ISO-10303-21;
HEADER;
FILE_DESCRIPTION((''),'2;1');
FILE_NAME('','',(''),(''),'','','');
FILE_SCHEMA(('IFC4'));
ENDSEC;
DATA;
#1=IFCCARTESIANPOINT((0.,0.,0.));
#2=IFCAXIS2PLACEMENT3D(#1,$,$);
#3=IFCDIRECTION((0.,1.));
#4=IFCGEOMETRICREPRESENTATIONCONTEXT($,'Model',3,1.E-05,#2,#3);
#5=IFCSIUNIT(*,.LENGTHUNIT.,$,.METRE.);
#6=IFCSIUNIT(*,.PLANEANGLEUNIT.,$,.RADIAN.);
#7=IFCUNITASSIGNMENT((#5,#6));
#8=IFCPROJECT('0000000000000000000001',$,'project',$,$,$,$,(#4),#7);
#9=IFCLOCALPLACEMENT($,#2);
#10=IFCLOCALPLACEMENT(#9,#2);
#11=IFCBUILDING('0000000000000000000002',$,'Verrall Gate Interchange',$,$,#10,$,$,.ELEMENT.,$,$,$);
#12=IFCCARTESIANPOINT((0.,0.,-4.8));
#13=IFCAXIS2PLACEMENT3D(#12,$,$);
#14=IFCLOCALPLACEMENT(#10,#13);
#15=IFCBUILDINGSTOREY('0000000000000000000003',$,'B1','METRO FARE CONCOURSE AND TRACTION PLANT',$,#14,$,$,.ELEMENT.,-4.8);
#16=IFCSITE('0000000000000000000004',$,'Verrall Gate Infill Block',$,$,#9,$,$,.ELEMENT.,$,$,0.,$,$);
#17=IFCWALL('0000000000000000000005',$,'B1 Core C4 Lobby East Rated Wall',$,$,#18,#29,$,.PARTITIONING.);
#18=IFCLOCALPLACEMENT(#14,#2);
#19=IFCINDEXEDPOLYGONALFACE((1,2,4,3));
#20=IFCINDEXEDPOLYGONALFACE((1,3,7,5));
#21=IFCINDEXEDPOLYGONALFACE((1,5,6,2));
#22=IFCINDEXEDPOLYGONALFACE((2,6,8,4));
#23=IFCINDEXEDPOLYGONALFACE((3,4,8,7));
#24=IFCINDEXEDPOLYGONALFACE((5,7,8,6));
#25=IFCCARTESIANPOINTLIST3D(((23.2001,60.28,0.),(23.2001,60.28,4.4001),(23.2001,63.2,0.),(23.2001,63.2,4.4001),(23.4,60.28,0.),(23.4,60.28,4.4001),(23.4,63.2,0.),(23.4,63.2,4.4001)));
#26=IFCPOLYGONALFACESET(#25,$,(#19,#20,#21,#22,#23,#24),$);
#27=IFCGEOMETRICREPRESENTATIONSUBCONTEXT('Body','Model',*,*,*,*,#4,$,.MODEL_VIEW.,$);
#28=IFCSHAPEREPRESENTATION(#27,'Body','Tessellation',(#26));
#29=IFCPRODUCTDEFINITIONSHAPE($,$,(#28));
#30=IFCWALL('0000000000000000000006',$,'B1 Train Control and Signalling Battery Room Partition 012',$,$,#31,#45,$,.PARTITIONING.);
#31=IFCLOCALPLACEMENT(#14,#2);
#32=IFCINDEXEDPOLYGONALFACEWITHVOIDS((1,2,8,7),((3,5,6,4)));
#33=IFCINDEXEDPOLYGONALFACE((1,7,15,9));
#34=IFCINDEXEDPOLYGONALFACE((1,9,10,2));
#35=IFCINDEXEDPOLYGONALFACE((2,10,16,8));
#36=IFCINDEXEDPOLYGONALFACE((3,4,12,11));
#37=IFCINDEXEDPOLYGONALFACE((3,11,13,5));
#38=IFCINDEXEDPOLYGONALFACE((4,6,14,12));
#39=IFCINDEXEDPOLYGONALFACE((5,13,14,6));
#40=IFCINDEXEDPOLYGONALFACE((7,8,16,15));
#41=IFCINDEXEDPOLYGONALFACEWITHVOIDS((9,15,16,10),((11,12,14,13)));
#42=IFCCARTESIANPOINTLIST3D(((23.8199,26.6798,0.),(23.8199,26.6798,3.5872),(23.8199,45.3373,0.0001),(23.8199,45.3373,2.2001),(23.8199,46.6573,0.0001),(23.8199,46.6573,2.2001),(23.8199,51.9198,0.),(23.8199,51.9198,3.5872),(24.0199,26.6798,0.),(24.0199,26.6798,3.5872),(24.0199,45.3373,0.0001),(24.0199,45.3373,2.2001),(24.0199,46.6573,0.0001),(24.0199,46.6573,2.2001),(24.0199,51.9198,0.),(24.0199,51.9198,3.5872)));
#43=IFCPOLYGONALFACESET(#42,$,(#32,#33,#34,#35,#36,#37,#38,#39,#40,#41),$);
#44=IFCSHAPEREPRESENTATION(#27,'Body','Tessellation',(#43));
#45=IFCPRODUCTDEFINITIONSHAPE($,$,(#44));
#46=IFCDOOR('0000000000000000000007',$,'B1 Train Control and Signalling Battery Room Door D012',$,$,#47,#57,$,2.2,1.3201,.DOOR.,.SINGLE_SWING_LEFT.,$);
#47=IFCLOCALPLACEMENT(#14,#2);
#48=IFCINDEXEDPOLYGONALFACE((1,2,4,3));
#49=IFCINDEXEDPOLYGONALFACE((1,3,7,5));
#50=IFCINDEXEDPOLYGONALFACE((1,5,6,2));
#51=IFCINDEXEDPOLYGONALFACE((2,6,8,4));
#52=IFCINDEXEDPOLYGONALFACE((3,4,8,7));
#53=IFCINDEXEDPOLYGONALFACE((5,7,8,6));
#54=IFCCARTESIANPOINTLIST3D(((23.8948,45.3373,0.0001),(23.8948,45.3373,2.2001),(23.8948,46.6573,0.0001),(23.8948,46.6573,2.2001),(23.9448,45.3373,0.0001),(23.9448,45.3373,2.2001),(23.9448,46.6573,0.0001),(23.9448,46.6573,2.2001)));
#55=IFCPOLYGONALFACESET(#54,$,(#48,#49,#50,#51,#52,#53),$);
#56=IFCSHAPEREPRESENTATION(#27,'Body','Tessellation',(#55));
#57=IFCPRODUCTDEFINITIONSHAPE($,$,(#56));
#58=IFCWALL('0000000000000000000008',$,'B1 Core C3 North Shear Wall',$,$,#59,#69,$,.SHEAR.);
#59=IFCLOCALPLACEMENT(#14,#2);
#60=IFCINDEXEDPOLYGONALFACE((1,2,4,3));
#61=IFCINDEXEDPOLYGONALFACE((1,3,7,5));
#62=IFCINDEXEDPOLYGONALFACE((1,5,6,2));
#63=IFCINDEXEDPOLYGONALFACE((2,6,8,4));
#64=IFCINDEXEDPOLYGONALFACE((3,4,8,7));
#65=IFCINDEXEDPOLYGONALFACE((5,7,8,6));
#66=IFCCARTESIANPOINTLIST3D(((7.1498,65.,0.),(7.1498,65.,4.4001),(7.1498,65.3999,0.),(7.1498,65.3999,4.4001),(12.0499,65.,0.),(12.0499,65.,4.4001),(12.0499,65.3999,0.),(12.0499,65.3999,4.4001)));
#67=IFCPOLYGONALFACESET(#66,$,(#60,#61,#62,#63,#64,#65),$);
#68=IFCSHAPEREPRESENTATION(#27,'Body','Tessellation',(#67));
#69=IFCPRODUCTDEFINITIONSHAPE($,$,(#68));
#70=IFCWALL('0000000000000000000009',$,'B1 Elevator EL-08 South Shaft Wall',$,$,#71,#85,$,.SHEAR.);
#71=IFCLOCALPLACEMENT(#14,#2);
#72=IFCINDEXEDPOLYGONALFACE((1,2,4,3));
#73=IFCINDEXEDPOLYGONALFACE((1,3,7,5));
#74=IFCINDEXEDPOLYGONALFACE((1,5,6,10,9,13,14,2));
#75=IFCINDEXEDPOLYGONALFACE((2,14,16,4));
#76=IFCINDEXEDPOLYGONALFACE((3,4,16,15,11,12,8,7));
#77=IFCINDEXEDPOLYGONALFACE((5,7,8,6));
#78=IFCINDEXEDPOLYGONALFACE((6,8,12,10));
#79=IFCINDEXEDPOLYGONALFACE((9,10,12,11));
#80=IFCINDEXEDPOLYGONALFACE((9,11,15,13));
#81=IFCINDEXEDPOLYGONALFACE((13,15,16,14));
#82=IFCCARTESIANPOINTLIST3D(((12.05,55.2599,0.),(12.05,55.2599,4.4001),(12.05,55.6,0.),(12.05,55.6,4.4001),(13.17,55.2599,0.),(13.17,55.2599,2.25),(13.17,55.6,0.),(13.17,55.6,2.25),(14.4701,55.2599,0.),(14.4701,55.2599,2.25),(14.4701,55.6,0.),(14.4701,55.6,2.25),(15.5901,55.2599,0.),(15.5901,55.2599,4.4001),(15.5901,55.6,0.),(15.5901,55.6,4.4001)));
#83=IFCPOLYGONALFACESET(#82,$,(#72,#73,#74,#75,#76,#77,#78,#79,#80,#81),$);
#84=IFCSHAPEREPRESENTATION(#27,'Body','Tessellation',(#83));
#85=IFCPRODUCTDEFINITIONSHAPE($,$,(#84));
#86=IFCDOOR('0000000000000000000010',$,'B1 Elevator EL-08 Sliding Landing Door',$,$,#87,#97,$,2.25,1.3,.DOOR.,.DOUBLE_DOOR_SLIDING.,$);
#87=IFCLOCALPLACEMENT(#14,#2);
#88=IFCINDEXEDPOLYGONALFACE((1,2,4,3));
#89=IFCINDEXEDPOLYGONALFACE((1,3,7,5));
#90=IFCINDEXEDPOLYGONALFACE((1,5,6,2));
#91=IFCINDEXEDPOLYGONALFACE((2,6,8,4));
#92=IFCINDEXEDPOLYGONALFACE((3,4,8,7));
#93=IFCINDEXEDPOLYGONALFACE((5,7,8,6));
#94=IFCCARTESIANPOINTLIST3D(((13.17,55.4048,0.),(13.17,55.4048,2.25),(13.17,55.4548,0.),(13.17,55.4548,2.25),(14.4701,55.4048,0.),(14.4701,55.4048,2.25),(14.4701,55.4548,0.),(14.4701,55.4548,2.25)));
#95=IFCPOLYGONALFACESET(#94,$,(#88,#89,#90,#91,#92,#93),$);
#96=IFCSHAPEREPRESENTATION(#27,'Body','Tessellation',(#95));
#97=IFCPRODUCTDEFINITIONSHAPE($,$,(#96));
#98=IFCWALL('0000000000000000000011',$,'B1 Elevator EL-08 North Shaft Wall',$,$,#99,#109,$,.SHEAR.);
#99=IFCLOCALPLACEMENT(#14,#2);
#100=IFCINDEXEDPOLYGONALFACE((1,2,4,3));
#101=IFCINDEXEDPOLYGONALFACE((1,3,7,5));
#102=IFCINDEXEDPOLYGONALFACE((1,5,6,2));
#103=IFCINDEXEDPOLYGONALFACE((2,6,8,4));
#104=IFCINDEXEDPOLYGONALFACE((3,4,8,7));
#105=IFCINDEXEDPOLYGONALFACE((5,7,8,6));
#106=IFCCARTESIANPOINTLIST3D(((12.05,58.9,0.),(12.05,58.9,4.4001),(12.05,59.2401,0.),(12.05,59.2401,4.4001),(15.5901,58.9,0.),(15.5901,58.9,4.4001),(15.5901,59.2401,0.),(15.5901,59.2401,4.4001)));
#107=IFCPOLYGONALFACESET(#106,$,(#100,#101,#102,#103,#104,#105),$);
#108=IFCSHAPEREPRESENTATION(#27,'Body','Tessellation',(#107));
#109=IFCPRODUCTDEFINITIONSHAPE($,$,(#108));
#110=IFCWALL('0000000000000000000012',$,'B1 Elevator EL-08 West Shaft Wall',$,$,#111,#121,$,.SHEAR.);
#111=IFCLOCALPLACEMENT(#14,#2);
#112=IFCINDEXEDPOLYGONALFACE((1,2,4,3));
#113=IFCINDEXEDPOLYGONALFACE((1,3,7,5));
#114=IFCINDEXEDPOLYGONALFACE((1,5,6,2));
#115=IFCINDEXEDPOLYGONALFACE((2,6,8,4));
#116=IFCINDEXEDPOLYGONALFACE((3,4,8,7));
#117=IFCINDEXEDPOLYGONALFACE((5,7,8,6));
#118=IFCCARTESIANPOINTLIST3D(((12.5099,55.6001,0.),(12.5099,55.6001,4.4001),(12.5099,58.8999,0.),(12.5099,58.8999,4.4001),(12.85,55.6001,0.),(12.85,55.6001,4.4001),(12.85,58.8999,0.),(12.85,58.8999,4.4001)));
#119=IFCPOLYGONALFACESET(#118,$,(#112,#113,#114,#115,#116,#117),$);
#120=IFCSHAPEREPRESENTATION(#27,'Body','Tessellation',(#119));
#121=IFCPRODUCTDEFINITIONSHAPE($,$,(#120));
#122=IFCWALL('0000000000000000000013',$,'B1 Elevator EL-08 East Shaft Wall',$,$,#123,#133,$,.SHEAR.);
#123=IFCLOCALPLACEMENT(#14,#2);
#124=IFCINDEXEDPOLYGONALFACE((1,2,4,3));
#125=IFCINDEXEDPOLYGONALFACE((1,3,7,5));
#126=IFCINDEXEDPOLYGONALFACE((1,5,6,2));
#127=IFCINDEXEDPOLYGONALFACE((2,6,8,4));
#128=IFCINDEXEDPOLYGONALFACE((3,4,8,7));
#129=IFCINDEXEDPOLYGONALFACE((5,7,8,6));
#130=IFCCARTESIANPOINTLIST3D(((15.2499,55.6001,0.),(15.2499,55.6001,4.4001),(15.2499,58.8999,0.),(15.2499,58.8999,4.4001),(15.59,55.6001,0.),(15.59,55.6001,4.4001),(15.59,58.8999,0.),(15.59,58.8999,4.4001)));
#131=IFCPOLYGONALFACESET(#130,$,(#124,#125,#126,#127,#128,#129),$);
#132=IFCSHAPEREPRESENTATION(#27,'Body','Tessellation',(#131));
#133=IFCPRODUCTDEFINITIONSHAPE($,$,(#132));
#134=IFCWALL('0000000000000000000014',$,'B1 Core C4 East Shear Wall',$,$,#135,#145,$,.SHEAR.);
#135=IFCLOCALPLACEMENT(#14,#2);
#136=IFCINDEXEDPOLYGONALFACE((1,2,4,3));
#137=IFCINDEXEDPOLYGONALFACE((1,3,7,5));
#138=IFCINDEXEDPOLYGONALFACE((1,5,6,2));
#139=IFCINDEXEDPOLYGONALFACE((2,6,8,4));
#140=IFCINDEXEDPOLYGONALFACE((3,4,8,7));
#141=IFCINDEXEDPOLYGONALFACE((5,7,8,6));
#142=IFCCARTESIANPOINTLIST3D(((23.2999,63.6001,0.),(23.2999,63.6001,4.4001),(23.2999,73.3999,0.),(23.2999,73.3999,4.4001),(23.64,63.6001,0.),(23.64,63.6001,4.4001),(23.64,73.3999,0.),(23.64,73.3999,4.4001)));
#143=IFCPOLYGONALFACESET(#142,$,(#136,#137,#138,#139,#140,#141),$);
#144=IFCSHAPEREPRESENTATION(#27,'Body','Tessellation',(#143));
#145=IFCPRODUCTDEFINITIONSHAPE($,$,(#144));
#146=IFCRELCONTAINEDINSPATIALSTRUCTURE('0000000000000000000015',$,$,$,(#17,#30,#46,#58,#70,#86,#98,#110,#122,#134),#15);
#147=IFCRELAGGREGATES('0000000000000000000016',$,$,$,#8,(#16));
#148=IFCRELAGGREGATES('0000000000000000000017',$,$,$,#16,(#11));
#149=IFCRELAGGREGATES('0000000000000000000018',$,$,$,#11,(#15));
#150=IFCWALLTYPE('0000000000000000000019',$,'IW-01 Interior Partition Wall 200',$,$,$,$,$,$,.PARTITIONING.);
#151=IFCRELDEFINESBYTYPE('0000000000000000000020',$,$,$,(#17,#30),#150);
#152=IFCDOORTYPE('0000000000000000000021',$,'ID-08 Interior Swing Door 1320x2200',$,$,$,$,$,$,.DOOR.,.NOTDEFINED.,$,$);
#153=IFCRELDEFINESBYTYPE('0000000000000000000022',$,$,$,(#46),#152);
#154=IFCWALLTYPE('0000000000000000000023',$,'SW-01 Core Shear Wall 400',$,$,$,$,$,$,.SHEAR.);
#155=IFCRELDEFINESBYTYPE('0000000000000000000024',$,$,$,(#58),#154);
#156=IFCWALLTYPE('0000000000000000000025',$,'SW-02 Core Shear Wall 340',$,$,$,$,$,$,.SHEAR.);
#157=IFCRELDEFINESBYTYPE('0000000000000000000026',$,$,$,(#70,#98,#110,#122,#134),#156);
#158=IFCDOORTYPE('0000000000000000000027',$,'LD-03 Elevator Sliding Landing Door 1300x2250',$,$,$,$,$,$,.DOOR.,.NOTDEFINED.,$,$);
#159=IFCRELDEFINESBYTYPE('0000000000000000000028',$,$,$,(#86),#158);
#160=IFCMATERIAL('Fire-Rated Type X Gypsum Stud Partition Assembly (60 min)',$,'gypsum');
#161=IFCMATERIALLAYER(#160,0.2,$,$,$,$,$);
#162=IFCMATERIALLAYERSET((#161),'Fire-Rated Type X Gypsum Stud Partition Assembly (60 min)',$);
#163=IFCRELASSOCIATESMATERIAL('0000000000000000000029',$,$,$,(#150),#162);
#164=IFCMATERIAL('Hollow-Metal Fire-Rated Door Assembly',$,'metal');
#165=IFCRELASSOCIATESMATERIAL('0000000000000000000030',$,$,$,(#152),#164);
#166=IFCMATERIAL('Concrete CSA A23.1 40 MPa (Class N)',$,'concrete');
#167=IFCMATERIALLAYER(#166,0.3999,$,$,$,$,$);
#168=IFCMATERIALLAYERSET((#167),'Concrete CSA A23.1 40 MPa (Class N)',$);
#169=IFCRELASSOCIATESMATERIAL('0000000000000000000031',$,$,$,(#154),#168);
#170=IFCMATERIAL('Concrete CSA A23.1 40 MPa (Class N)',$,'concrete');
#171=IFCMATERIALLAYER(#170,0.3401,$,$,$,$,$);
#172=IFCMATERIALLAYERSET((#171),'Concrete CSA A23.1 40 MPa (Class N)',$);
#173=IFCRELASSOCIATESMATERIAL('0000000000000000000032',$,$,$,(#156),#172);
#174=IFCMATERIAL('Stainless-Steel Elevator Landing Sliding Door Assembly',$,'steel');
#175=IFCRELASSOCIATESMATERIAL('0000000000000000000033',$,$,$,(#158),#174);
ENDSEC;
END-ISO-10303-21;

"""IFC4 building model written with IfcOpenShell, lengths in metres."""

from ifc_helpers import new_model, si_unit, direction, frame, frame_2d, origin, place, context, subcontext, project, spatial, rectangle, extrude, material, layer, layer_set, type_object, element, fill, save


model = new_model("IFC4")

# Units and contexts
model_context = context("Model", 3, precision=1e-05, world=origin(), true_north=direction((0.0, 1.0)))
body_context = subcontext(model_context, "Body", "Model", "MODEL_VIEW")
ifc_project = project(units=[si_unit("LENGTHUNIT", "METRE"), si_unit("PLANEANGLEUNIT", "RADIAN")], contexts=[model_context])

# Site, building, storey
site_placement = place(None, origin())
site = spatial("IfcSite", under=ifc_project, at=site_placement, Name="Verrall Gate Infill Block", CompositionType="ELEMENT", RefElevation=0.0)
building_placement = place(site_placement, origin())
building = spatial("IfcBuilding", under=site, at=building_placement, Name="Verrall Gate Interchange", CompositionType="ELEMENT")
storey_placement = place(building_placement, frame((0.0, 0.0, -4.8)))
storey = spatial("IfcBuildingStorey", under=building, at=storey_placement, Name="B1", Description="METRO FARE CONCOURSE AND TRACTION PLANT", CompositionType="ELEMENT", Elevation=-4.8)

# Shared definitions
ifc_material_1 = material(Name="Fire-Rated Type X Gypsum Stud Partition Assembly (60 min)", Category="gypsum")
ifc_layer_1 = layer(ifc_material_1, 0.2)
ifc_layer_set_1 = layer_set([ifc_layer_1], Name="Fire-Rated Type X Gypsum Stud Partition Assembly (60 min)")
wall_type_1 = type_object("IfcWallType", Name="IW-01 Interior Partition Wall 200", PredefinedType="PARTITIONING", material=ifc_layer_set_1)

# Wall
wall_1_placement = place(storey_placement, frame((23.3, 60.28, 0.0), z_axis=(0.0, 0.0, 1.0), x_axis=(0.0, 1.0, 0.0)))
element("IfcWall", 1, at=wall_1_placement, inside=storey, type_object=wall_type_1, Name="B1 Core C4 Lobby East Rated Wall", PredefinedType="PARTITIONING", context=body_context, shape_type="SweptSolid", body=[
    extrude(rectangle(XDim=2.9199, YDim=0.2, at=frame_2d((1.46, 0.0))), origin(), (0.0, 0.0, 1.0), 4.4001),
])

# Wall, opening, door
wall_2_placement = place(storey_placement, frame((23.9199, 51.9199, 0.0), z_axis=(0.0, 0.0, 1.0), x_axis=(0.0, -1.0, 0.0)))
wall_2 = element("IfcWall", 2, at=wall_2_placement, inside=storey, type_object=wall_type_1, Name="B1 Train Control and Signalling Battery Room Partition 012", PredefinedType="PARTITIONING", context=body_context, shape_type="SweptSolid", body=[
    extrude(rectangle(XDim=25.24, YDim=0.2, at=frame_2d((12.6201, 0.0))), origin(), (0.0, 0.0, 1.0), 3.5872),
])
opening_1_placement = place(wall_2_placement, frame((5.2625, 0.0, 0.0)))
opening_1 = element("IfcOpeningElement", 3, at=opening_1_placement, cuts=wall_2, PredefinedType="OPENING", context=body_context, shape_type="SweptSolid", body=[
    extrude(rectangle(XDim=1.3201, YDim=2.2, at=frame_2d((0.6602, 1.1001))), frame((0.0, 0.1147, 0.0), z_axis=(0.0, -1.0, 0.0), x_axis=(1.0, 0.0, 0.0)), (0.0, 0.0, 1.0), 0.2297),
])
ifc_material_2 = material(Name="Hollow-Metal Fire-Rated Door Assembly", Category="metal")
door_type_1 = type_object("IfcDoorType", Name="ID-08 Interior Swing Door 1320x2200", OperationType="NOTDEFINED", PredefinedType="DOOR", material=ifc_material_2)
door_1_placement = place(opening_1_placement, origin())
door_1 = element("IfcDoor", 4, at=door_1_placement, inside=storey, type_object=door_type_1, Name="B1 Train Control and Signalling Battery Room Door D012", OperationType="SINGLE_SWING_LEFT", OverallHeight=2.2, OverallWidth=1.3201, PredefinedType="DOOR", context=body_context, shape_type="SweptSolid", body=[
    extrude(rectangle(XDim=1.3201, YDim=2.2, at=frame_2d((0.6602, 1.1001))), frame((0.0, 0.0249, 0.0), z_axis=(0.0, -1.0, 0.0), x_axis=(1.0, 0.0, 0.0)), (0.0, 0.0, 1.0), 0.05),
])
fill(opening_1, door_1)

# Wall
ifc_material_3 = material(Name="Concrete CSA A23.1 40 MPa (Class N)", Category="concrete")
ifc_layer_2 = layer(ifc_material_3, 0.3999)
ifc_layer_set_2 = layer_set([ifc_layer_2], Name="Concrete CSA A23.1 40 MPa (Class N)")
wall_type_2 = type_object("IfcWallType", Name="SW-01 Core Shear Wall 400", PredefinedType="SHEAR", material=ifc_layer_set_2)
wall_3_placement = place(storey_placement, frame((12.05, 65.2, 0.0), z_axis=(0.0, 0.0, 1.0), x_axis=(-1.0, 0.0, 0.0)))
element("IfcWall", 5, at=wall_3_placement, inside=storey, type_object=wall_type_2, Name="B1 Core C3 North Shear Wall", PredefinedType="SHEAR", context=body_context, shape_type="SweptSolid", body=[
    extrude(rectangle(XDim=4.9001, YDim=0.3999, at=frame_2d((2.4502, 0.0))), origin(), (0.0, 0.0, 1.0), 4.4001),
])

# Wall, opening, door
ifc_material_4 = material(Name="Concrete CSA A23.1 40 MPa (Class N)", Category="concrete")
ifc_layer_3 = layer(ifc_material_4, 0.3401)
ifc_layer_set_3 = layer_set([ifc_layer_3], Name="Concrete CSA A23.1 40 MPa (Class N)")
wall_type_3 = type_object("IfcWallType", Name="SW-02 Core Shear Wall 340", PredefinedType="SHEAR", material=ifc_layer_set_3)
wall_4_placement = place(storey_placement, frame((12.05, 55.4299, 0.0), z_axis=(0.0, 0.0, 1.0), x_axis=(1.0, 0.0, 0.0)))
wall_4 = element("IfcWall", 6, at=wall_4_placement, inside=storey, type_object=wall_type_3, Name="B1 Elevator EL-08 South Shaft Wall", PredefinedType="SHEAR", context=body_context, shape_type="SweptSolid", body=[
    extrude(rectangle(XDim=3.54, YDim=0.3401, at=frame_2d((1.77, 0.0))), origin(), (0.0, 0.0, 1.0), 4.4001),
])
opening_2_placement = place(wall_4_placement, frame((1.1201, 0.0, 0.0)))
opening_2 = element("IfcOpeningElement", 7, at=opening_2_placement, cuts=wall_4, PredefinedType="OPENING", context=body_context, shape_type="SweptSolid", body=[
    extrude(rectangle(XDim=1.3, YDim=2.25, at=frame_2d((0.6499, 1.125))), frame((0.0, 0.1851, 0.0), z_axis=(0.0, -1.0, 0.0), x_axis=(1.0, 0.0, 0.0)), (0.0, 0.0, 1.0), 0.3699),
])
ifc_material_5 = material(Name="Stainless-Steel Elevator Landing Sliding Door Assembly", Category="steel")
door_type_2 = type_object("IfcDoorType", Name="LD-03 Elevator Sliding Landing Door 1300x2250", OperationType="NOTDEFINED", PredefinedType="DOOR", material=ifc_material_5)
door_2_placement = place(opening_2_placement, origin())
door_2 = element("IfcDoor", 8, at=door_2_placement, inside=storey, type_object=door_type_2, Name="B1 Elevator EL-08 Sliding Landing Door", OperationType="DOUBLE_DOOR_SLIDING", OverallHeight=2.25, OverallWidth=1.3, PredefinedType="DOOR", context=body_context, shape_type="SweptSolid", body=[
    extrude(rectangle(XDim=1.3, YDim=2.25, at=frame_2d((0.6499, 1.125))), frame((0.0, 0.0249, 0.0), z_axis=(0.0, -1.0, 0.0), x_axis=(1.0, 0.0, 0.0)), (0.0, 0.0, 1.0), 0.05),
])
fill(opening_2, door_2)

# Walls
wall_5_placement = place(storey_placement, frame((15.5901, 59.0701, 0.0), z_axis=(0.0, 0.0, 1.0), x_axis=(-1.0, 0.0, 0.0)))
element("IfcWall", 9, at=wall_5_placement, inside=storey, type_object=wall_type_3, Name="B1 Elevator EL-08 North Shaft Wall", PredefinedType="SHEAR", context=body_context, shape_type="SweptSolid", body=[
    extrude(rectangle(XDim=3.54, YDim=0.3401, at=frame_2d((1.77, 0.0))), origin(), (0.0, 0.0, 1.0), 4.4001),
])
for number, where, z_axis, x_axis, name in (
    (10, (12.6799, 58.8999, 0.0), (0.0, 0.0, 1.0), (0.0, -1.0, 0.0), "B1 Elevator EL-08 West Shaft Wall"),
    (11, (15.4199, 55.6001, 0.0), (0.0, 0.0, 1.0), (0.0, 1.0, 0.0), "B1 Elevator EL-08 East Shaft Wall"),
):
    element("IfcWall", number, at=place(storey_placement, frame(where, z_axis=z_axis, x_axis=x_axis)), inside=storey, type_object=wall_type_3, Name=name, PredefinedType="SHEAR", context=body_context, shape_type="SweptSolid", body=[
        extrude(rectangle(XDim=3.2998, YDim=0.3401, at=frame_2d((1.6499, 0.0))), origin(), (0.0, 0.0, 1.0), 4.4001),
    ])

# Wall
wall_6_placement = place(storey_placement, frame((23.47, 63.6001, 0.0), z_axis=(0.0, 0.0, 1.0), x_axis=(0.0, 1.0, 0.0)))
element("IfcWall", 12, at=wall_6_placement, inside=storey, type_object=wall_type_3, Name="B1 Core C4 East Shear Wall", PredefinedType="SHEAR", context=body_context, shape_type="SweptSolid", body=[
    extrude(rectangle(XDim=9.7998, YDim=0.3401, at=frame_2d((4.8999, 0.0))), origin(), (0.0, 0.0, 1.0), 4.4001),
])

save(model, "model.ifc")
